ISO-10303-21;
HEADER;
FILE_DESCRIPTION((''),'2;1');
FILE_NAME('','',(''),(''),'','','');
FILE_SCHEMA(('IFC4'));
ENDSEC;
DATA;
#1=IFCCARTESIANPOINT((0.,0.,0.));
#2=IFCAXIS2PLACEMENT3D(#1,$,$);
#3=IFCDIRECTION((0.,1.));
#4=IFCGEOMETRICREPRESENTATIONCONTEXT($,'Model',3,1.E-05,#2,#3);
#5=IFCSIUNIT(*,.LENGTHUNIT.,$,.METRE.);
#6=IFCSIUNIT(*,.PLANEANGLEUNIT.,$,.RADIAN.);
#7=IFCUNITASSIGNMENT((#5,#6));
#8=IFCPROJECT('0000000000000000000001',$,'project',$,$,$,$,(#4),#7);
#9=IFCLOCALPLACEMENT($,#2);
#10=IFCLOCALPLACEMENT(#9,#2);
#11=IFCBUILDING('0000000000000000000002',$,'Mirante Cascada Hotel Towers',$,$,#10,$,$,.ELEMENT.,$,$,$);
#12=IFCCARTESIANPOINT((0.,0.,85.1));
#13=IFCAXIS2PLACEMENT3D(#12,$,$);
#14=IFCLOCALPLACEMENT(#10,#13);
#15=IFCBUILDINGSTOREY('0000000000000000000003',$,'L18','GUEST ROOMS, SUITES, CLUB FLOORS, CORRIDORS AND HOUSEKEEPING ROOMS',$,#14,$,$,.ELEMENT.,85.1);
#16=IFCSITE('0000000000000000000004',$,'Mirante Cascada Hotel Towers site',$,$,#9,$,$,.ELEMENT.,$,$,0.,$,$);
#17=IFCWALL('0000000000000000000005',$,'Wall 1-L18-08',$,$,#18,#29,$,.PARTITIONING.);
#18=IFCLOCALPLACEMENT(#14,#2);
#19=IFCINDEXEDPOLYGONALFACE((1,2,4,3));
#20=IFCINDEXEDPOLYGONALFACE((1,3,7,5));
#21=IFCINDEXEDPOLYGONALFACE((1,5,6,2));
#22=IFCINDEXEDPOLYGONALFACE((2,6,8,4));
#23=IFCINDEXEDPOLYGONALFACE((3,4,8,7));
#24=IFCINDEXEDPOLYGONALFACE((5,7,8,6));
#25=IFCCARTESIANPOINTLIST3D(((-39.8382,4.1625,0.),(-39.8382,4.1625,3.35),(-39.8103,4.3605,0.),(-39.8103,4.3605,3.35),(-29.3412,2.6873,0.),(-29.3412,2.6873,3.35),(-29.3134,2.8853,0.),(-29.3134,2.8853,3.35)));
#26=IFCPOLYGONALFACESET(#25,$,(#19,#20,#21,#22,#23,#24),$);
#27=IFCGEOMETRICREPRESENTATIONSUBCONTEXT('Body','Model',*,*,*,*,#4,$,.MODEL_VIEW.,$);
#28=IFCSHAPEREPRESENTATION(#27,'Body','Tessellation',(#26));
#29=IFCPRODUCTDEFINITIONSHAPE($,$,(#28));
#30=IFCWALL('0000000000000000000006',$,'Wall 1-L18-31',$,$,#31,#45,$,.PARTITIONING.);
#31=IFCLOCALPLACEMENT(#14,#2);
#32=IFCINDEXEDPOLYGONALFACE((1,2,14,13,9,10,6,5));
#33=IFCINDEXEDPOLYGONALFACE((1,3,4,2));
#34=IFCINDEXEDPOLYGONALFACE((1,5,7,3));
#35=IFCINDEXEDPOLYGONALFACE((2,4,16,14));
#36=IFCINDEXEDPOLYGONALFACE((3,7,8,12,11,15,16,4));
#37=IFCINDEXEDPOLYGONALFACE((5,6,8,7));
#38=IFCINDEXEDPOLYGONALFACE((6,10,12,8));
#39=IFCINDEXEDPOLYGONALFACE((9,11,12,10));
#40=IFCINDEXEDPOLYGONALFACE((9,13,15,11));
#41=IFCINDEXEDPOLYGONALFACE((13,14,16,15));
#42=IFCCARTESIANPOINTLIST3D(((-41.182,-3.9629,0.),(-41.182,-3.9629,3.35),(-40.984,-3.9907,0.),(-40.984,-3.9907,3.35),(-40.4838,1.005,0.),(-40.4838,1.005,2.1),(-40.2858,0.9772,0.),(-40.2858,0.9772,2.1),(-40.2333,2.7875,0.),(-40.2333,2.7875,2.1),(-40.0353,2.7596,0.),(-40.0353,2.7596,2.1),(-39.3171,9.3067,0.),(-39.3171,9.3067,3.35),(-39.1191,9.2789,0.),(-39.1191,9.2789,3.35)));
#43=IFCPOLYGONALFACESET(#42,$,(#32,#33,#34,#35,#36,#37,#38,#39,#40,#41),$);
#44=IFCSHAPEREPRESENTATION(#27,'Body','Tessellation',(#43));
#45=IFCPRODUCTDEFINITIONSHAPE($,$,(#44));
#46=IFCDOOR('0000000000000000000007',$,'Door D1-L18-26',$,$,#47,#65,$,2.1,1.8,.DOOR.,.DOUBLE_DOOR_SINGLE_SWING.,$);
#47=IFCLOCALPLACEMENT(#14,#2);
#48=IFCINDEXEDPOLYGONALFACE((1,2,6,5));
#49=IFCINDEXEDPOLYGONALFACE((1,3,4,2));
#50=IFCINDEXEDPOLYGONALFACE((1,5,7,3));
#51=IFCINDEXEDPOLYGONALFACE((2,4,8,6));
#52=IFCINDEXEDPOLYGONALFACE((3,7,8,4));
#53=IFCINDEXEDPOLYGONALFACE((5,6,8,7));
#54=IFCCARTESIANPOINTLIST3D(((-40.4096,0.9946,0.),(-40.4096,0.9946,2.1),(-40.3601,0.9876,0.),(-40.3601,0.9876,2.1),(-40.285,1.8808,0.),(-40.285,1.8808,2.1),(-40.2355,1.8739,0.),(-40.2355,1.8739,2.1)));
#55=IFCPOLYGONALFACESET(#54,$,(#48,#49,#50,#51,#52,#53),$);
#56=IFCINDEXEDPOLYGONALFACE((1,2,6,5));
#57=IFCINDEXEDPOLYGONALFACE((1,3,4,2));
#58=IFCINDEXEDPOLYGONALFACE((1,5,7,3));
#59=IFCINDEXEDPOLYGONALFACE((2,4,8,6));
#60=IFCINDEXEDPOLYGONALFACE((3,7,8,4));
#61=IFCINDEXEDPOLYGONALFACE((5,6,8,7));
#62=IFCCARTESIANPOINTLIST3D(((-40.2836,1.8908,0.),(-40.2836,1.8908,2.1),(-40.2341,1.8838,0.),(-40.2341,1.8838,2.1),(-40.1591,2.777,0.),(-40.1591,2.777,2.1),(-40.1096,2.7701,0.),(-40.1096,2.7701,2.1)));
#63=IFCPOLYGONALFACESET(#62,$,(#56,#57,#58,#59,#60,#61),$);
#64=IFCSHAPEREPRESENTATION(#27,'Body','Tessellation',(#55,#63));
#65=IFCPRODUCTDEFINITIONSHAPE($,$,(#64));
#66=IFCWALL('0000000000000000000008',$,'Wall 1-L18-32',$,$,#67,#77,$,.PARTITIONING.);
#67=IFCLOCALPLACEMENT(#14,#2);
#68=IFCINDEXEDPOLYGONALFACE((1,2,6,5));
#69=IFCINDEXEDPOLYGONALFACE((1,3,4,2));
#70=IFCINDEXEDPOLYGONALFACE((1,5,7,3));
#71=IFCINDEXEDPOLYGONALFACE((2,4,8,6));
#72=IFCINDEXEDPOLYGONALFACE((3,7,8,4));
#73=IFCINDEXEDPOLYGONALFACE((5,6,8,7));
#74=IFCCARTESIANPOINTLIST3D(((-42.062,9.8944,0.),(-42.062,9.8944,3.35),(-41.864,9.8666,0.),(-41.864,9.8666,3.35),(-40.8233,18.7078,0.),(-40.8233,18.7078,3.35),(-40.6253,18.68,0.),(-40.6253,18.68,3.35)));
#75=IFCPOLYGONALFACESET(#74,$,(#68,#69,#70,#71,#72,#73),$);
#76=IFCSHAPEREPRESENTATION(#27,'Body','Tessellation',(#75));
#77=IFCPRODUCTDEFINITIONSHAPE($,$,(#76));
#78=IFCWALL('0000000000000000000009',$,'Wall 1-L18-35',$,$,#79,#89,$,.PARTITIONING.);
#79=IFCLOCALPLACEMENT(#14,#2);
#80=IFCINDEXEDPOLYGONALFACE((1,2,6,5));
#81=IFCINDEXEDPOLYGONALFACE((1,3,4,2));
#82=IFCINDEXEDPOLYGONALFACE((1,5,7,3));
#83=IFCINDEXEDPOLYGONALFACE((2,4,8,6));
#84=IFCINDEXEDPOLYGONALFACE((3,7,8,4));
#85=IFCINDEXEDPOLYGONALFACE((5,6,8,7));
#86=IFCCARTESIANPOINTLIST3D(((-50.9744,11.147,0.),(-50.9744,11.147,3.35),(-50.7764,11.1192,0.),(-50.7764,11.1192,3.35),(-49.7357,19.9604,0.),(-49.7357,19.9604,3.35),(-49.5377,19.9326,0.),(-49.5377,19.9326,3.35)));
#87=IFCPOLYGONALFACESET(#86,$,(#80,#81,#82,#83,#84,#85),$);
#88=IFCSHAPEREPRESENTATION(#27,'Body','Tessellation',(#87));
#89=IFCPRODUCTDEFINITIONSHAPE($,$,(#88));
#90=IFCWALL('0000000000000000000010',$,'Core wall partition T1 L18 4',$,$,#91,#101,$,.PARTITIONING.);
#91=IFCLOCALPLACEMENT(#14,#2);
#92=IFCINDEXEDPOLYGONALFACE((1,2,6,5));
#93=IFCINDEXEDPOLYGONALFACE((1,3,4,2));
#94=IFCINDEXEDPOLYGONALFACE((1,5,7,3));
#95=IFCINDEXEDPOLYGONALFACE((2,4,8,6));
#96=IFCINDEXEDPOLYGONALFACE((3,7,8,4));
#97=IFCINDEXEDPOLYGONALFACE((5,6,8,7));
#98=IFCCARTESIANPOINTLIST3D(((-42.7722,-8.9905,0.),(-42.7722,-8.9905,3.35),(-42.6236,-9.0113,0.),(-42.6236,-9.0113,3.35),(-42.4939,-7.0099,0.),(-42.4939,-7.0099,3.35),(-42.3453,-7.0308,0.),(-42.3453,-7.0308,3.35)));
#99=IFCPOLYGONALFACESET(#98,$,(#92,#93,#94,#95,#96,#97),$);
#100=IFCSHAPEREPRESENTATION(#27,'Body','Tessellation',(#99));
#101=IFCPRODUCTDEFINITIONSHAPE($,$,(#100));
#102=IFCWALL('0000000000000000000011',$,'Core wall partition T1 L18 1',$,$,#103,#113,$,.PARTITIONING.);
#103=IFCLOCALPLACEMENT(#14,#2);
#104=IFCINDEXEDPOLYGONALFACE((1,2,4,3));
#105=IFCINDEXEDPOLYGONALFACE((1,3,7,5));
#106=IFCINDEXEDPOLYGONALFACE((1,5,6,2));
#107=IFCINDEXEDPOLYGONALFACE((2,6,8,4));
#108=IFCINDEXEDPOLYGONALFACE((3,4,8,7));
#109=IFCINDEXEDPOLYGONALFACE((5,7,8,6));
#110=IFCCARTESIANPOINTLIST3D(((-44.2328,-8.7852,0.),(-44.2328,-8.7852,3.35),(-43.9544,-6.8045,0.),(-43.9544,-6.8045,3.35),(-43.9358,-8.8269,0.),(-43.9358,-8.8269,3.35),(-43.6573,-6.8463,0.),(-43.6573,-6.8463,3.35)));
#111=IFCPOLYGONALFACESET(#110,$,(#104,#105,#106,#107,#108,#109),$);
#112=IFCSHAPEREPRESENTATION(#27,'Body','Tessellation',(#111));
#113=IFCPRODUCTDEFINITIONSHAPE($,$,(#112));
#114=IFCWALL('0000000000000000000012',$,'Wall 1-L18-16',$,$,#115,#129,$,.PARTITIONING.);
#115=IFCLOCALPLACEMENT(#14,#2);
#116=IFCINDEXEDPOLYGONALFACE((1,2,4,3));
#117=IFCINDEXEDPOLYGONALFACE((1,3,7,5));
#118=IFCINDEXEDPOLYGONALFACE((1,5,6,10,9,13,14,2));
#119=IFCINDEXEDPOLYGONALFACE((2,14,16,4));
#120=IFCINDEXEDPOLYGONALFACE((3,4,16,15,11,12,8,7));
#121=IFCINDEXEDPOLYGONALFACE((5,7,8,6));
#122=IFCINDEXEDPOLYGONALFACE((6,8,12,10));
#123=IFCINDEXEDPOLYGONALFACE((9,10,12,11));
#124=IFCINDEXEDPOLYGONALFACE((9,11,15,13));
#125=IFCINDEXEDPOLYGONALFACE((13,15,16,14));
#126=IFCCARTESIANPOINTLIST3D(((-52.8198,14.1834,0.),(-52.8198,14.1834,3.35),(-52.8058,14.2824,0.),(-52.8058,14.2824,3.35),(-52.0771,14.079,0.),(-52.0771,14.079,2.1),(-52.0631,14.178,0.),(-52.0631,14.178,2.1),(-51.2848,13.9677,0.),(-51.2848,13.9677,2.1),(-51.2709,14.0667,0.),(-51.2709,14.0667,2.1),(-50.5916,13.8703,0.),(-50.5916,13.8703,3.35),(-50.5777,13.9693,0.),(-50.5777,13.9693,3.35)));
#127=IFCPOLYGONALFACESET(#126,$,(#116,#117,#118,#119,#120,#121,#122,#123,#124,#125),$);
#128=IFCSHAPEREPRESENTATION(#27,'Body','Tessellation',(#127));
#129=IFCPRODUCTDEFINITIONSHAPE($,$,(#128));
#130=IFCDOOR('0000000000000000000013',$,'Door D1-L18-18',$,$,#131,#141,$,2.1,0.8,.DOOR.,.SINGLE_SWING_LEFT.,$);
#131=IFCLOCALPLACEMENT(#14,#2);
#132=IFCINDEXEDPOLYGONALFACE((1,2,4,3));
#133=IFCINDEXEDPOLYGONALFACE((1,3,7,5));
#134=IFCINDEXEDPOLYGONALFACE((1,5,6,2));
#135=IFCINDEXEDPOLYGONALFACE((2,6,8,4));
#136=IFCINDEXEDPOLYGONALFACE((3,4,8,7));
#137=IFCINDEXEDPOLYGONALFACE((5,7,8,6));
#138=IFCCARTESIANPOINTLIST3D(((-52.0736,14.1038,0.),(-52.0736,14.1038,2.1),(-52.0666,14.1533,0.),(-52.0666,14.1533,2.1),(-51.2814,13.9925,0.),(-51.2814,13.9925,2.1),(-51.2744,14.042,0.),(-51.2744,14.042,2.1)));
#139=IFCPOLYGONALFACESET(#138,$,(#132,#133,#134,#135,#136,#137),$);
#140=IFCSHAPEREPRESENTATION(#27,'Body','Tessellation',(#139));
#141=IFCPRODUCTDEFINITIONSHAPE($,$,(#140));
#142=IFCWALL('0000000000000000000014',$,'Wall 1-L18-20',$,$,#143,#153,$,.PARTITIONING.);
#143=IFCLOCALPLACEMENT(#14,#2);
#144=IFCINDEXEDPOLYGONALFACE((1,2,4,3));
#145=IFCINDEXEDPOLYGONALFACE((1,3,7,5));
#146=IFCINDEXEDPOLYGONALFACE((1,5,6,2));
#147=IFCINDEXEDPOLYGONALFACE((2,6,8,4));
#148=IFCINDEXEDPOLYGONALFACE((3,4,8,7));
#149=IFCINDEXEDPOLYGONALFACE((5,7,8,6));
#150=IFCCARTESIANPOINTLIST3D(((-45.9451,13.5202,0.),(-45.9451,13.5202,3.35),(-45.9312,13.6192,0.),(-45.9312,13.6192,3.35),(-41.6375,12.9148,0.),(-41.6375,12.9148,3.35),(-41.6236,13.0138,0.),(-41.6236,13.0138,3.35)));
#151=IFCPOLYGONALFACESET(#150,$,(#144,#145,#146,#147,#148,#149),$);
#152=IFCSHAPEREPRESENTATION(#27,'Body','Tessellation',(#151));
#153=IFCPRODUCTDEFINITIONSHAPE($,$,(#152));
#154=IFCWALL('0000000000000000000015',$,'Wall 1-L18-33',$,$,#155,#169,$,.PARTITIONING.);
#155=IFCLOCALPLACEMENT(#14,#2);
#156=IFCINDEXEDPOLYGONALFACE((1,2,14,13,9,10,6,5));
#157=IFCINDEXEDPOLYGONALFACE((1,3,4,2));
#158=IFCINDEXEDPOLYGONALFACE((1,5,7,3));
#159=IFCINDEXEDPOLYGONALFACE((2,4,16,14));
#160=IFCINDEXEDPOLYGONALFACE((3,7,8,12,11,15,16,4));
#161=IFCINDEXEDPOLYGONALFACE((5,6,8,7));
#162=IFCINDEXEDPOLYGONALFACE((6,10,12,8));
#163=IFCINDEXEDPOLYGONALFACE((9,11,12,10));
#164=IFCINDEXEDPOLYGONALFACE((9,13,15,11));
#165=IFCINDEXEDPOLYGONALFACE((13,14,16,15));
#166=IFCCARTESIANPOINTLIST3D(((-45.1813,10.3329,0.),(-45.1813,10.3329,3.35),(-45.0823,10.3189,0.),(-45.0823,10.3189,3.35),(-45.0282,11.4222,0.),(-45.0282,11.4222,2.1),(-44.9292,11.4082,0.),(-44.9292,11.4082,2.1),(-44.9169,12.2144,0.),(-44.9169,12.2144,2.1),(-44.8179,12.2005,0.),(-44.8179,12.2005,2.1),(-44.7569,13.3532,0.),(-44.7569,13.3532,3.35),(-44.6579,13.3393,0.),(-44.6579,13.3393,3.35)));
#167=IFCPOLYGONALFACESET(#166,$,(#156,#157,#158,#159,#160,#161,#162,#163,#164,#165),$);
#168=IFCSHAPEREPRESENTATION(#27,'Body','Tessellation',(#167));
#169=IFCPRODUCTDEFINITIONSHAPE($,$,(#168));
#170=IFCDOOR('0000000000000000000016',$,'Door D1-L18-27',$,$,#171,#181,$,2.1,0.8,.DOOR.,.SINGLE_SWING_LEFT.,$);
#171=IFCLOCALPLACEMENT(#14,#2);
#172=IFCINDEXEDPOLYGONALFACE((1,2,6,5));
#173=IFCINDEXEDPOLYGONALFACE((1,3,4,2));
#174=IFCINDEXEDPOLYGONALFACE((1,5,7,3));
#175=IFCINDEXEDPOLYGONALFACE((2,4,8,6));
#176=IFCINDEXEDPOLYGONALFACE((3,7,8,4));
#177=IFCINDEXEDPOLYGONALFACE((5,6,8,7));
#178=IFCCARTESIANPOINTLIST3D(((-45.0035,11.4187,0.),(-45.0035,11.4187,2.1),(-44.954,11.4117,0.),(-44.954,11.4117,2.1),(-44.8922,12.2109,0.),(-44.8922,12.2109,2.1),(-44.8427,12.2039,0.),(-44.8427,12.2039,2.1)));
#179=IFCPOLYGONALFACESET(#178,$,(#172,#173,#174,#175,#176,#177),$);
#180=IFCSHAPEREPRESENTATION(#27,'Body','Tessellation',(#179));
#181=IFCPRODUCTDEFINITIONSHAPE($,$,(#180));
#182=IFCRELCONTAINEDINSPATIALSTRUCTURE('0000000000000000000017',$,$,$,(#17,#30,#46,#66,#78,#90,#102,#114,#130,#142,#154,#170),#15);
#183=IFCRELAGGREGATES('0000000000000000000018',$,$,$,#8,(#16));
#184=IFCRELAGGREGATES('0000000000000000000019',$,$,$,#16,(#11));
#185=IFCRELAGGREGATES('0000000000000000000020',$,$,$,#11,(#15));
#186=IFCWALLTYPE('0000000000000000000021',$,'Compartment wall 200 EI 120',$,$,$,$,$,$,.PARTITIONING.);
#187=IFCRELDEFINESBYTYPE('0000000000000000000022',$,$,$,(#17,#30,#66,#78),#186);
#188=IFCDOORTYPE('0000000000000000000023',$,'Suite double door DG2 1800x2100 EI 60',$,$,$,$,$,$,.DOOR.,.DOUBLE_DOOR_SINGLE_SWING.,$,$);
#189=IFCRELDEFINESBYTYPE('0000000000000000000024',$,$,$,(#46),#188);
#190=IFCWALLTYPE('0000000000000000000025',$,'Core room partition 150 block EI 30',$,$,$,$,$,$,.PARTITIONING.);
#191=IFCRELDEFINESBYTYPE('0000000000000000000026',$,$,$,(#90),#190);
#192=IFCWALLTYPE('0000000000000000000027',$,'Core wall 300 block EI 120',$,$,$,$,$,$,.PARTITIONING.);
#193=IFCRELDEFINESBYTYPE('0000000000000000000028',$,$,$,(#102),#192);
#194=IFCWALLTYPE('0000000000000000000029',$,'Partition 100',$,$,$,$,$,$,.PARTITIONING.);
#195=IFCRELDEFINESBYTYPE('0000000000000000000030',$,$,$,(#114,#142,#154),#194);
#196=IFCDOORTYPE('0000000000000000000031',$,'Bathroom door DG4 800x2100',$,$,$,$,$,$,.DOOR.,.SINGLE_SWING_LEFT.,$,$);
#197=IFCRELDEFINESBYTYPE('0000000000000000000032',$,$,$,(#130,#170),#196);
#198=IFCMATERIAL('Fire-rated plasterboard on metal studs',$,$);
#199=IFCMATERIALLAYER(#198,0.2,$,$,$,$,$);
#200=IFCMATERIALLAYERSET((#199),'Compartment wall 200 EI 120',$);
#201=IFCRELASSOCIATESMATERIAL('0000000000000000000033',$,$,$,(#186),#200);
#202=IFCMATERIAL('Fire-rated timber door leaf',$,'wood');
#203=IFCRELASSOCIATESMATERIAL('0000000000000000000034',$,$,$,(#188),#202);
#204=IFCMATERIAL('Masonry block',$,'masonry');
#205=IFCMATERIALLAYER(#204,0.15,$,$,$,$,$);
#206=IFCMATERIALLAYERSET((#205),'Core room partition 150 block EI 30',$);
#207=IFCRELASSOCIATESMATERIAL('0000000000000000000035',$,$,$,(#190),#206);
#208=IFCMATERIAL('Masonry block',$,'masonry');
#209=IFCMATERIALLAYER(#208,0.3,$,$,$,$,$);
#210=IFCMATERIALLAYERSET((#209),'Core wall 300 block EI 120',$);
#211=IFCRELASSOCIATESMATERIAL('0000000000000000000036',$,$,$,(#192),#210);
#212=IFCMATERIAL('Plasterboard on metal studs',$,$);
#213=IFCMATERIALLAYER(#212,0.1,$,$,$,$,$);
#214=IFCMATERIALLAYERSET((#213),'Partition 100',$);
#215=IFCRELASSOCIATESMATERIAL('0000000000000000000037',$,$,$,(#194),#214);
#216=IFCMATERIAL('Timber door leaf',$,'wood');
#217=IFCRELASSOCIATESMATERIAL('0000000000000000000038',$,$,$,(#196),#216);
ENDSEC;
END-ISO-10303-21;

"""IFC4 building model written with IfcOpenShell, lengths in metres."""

from ifc_helpers import new_model, si_unit, direction, frame, frame_2d, origin, place, context, subcontext, project, spatial, rectangle, extrude, material, layer, layer_set, type_object, element, fill, save


model = new_model("IFC4")

# Units and contexts
model_context = context("Model", 3, precision=1e-05, world=origin(), true_north=direction((0.0, 1.0)))
body_context = subcontext(model_context, "Body", "Model", "MODEL_VIEW")
ifc_project = project(units=[si_unit("LENGTHUNIT", "METRE"), si_unit("PLANEANGLEUNIT", "RADIAN")], contexts=[model_context])

# Site, building, storey
site_placement = place(None, origin())
site = spatial("IfcSite", under=ifc_project, at=site_placement, Name="Mirante Cascada Hotel Towers site", CompositionType="ELEMENT", RefElevation=0.0)
building_placement = place(site_placement, origin())
building = spatial("IfcBuilding", under=site, at=building_placement, Name="Mirante Cascada Hotel Towers", CompositionType="ELEMENT")
storey_placement = place(building_placement, frame((0.0, 0.0, 85.1)))
storey = spatial("IfcBuildingStorey", under=building, at=storey_placement, Name="L18", Description="GUEST ROOMS, SUITES, CLUB FLOORS, CORRIDORS AND HOUSEKEEPING ROOMS", CompositionType="ELEMENT", Elevation=85.1)

# Wall
ifc_material_1 = material(Name="Fire-rated plasterboard on metal studs")
ifc_layer_1 = layer(ifc_material_1, 0.2)
ifc_layer_set_1 = layer_set([ifc_layer_1], Name="Compartment wall 200 EI 120")
wall_type_1 = type_object("IfcWallType", Name="Compartment wall 200 EI 120", PredefinedType="PARTITIONING", material=ifc_layer_set_1)
wall_1_placement = place(storey_placement, frame((-39.8242, 4.2615, 0.0), z_axis=(0.0, 0.0, 1.0), x_axis=(0.990269, -0.139169, 0.0)))
element("IfcWall", 1, at=wall_1_placement, inside=storey, type_object=wall_type_1, Name="Wall 1-L18-08", PredefinedType="PARTITIONING", context=body_context, shape_type="SweptSolid", body=[
    extrude(rectangle(XDim=10.6001, YDim=0.2, at=frame_2d((5.3, 0.0))), origin(), (0.0, 0.0, 1.0), 3.35),
])

# Wall, opening, door
wall_2_placement = place(storey_placement, frame((-41.083, -3.9768, 0.0), z_axis=(0.0, 0.0, 1.0), x_axis=(0.139172, 0.990268, 0.0)))
wall_2 = element("IfcWall", 2, at=wall_2_placement, inside=storey, type_object=wall_type_1, Name="Wall 1-L18-31", PredefinedType="PARTITIONING", context=body_context, shape_type="SweptSolid", body=[
    extrude(rectangle(XDim=13.4, YDim=0.2, at=frame_2d((6.7, 0.0))), origin(), (0.0, 0.0, 1.0), 3.35),
])
opening_1_placement = place(wall_2_placement, frame((5.0167, 0.0, 0.0)))
opening_1 = element("IfcOpeningElement", 3, at=opening_1_placement, cuts=wall_2, PredefinedType="OPENING", context=body_context, shape_type="SweptSolid", body=[
    extrude(rectangle(XDim=1.8, YDim=2.1, at=frame_2d((0.9, 1.05))), frame((0.0, 0.1, 0.0), z_axis=(0.0, -1.0, 0.0), x_axis=(1.0, 0.0, 0.0)), (0.0, 0.0, 1.0), 0.2),
])
ifc_material_2 = material(Name="Fire-rated timber door leaf", Category="wood")
door_type_1 = type_object("IfcDoorType", Name="Suite double door DG2 1800x2100 EI 60", OperationType="DOUBLE_DOOR_SINGLE_SWING", PredefinedType="DOOR", material=ifc_material_2)
door_1_placement = place(opening_1_placement, origin())
door_1 = element("IfcDoor", 4, at=door_1_placement, inside=storey, type_object=door_type_1, Name="Door D1-L18-26", OperationType="DOUBLE_DOOR_SINGLE_SWING", OverallHeight=2.1, OverallWidth=1.8, PredefinedType="DOOR", context=body_context, shape_type="SweptSolid", body=[
    extrude(rectangle(XDim=0.895, YDim=2.1, at=frame_2d((0.4475, 1.05))), frame((0.0, 0.025, 0.0), z_axis=(0.0, -1.0, 0.0), x_axis=(1.0, 0.0, 0.0)), (0.0, 0.0, 1.0), 0.05),
    extrude(rectangle(XDim=0.895, YDim=2.1, at=frame_2d((1.3525, 1.05))), frame((0.0, 0.025, 0.0), z_axis=(0.0, -1.0, 0.0), x_axis=(1.0, 0.0, 0.0)), (0.0, 0.0, 1.0), 0.05),
])
fill(opening_1, door_1)

# Walls
for number, where, z_axis, x_axis, name in (
    (5, (-40.7243, 18.6939, 0.0), (0.0, 0.0, 1.0), (-0.139179, -0.990267, 0.0), "Wall 1-L18-32"),
    (6, (-50.8754, 11.1331, 0.0), (0.0, 0.0, 1.0), (0.139179, 0.990267, 0.0), "Wall 1-L18-35"),
):
    element("IfcWall", number, at=place(storey_placement, frame(where, z_axis=z_axis, x_axis=x_axis)), inside=storey, type_object=wall_type_1, Name=name, PredefinedType="PARTITIONING", context=body_context, shape_type="SweptSolid", body=[
        extrude(rectangle(XDim=8.9, YDim=0.2, at=frame_2d((4.45, 0.0))), origin(), (0.0, 0.0, 1.0), 3.35),
    ])
ifc_material_3 = material(Name="Masonry block", Category="masonry")
ifc_layer_2 = layer(ifc_material_3, 0.15)
ifc_layer_set_2 = layer_set([ifc_layer_2], Name="Core room partition 150 block EI 30")
wall_type_2 = type_object("IfcWallType", Name="Core room partition 150 block EI 30", PredefinedType="PARTITIONING", material=ifc_layer_set_2)
wall_3_placement = place(storey_placement, frame((-42.6979, -9.0009, 0.0), z_axis=(0.0, 0.0, 1.0), x_axis=(0.139153, 0.990271, 0.0)))
element("IfcWall", 7, at=wall_3_placement, inside=storey, type_object=wall_type_2, Name="Core wall partition T1 L18 4", PredefinedType="PARTITIONING", context=body_context, shape_type="SweptSolid", body=[
    extrude(rectangle(XDim=2.0, YDim=0.15, at=frame_2d((1.0, 0.0))), origin(), (0.0, 0.0, 1.0), 3.35),
])
ifc_material_4 = material(Name="Masonry block", Category="masonry")
ifc_layer_3 = layer(ifc_material_4, 0.3)
ifc_layer_set_3 = layer_set([ifc_layer_3], Name="Core wall 300 block EI 120")
wall_type_3 = type_object("IfcWallType", Name="Core wall 300 block EI 120", PredefinedType="PARTITIONING", material=ifc_layer_set_3)
wall_4_placement = place(storey_placement, frame((-44.0843, -8.8061, 0.0), z_axis=(0.0, 0.0, 1.0), x_axis=(0.139195, 0.990265, 0.0)))
element("IfcWall", 8, at=wall_4_placement, inside=storey, type_object=wall_type_3, Name="Core wall partition T1 L18 1", PredefinedType="PARTITIONING", context=body_context, shape_type="SweptSolid", body=[
    extrude(rectangle(XDim=2.0001, YDim=0.3, at=frame_2d((1.0001, 0.0))), origin(), (0.0, 0.0, 1.0), 3.35),
])

# Wall, opening, door
ifc_material_5 = material(Name="Plasterboard on metal studs")
ifc_layer_4 = layer(ifc_material_5, 0.1)
ifc_layer_set_4 = layer_set([ifc_layer_4], Name="Partition 100")
wall_type_4 = type_object("IfcWallType", Name="Partition 100", PredefinedType="PARTITIONING", material=ifc_layer_set_4)
wall_5_placement = place(storey_placement, frame((-52.8128, 14.2329, 0.0), z_axis=(0.0, 0.0, 1.0), x_axis=(0.990271, -0.139156, 0.0)))
wall_5 = element("IfcWall", 9, at=wall_5_placement, inside=storey, type_object=wall_type_4, Name="Wall 1-L18-16", PredefinedType="PARTITIONING", context=body_context, shape_type="SweptSolid", body=[
    extrude(rectangle(XDim=2.25, YDim=0.1, at=frame_2d((1.125, 0.0))), origin(), (0.0, 0.0, 1.0), 3.35),
])
opening_2_placement = place(wall_5_placement, frame((0.75, 0.0, 0.0)))
opening_2 = element("IfcOpeningElement", 10, at=opening_2_placement, cuts=wall_5, PredefinedType="OPENING", context=body_context, shape_type="SweptSolid", body=[
    extrude(rectangle(XDim=0.8, YDim=2.1, at=frame_2d((0.4, 1.05))), frame((0.0, 0.05, 0.0), z_axis=(0.0, -1.0, 0.0), x_axis=(1.0, 0.0, 0.0)), (0.0, 0.0, 1.0), 0.1),
])
ifc_material_6 = material(Name="Timber door leaf", Category="wood")
door_type_2 = type_object("IfcDoorType", Name="Bathroom door DG4 800x2100", OperationType="SINGLE_SWING_LEFT", PredefinedType="DOOR", material=ifc_material_6)
door_2_placement = place(opening_2_placement, origin())
door_2 = element("IfcDoor", 11, at=door_2_placement, inside=storey, type_object=door_type_2, Name="Door D1-L18-18", OperationType="SINGLE_SWING_LEFT", OverallHeight=2.1, OverallWidth=0.8, PredefinedType="DOOR", context=body_context, shape_type="SweptSolid", body=[
    extrude(rectangle(XDim=0.8, YDim=2.1, at=frame_2d((0.4, 1.05))), frame((0.0, 0.025, 0.0), z_axis=(0.0, -1.0, 0.0), x_axis=(1.0, 0.0, 0.0)), (0.0, 0.0, 1.0), 0.05),
])
fill(opening_2, door_2)

# Wall
wall_6_placement = place(storey_placement, frame((-45.9382, 13.5697, 0.0), z_axis=(0.0, 0.0, 1.0), x_axis=(0.990268, -0.139175, 0.0)))
element("IfcWall", 12, at=wall_6_placement, inside=storey, type_object=wall_type_4, Name="Wall 1-L18-20", PredefinedType="PARTITIONING", context=body_context, shape_type="SweptSolid", body=[
    extrude(rectangle(XDim=4.3499, YDim=0.1, at=frame_2d((2.175, 0.0))), origin(), (0.0, 0.0, 1.0), 3.35),
])

# Wall, opening, door
wall_7_placement = place(storey_placement, frame((-45.1318, 10.3259, 0.0), z_axis=(0.0, 0.0, 1.0), x_axis=(0.139149, 0.990271, 0.0)))
wall_7 = element("IfcWall", 13, at=wall_7_placement, inside=storey, type_object=wall_type_4, Name="Wall 1-L18-33", PredefinedType="PARTITIONING", context=body_context, shape_type="SweptSolid", body=[
    extrude(rectangle(XDim=3.05, YDim=0.1, at=frame_2d((1.525, 0.0))), origin(), (0.0, 0.0, 1.0), 3.35),
])
opening_3_placement = place(wall_7_placement, frame((1.1, 0.0, 0.0)))
opening_3 = element("IfcOpeningElement", 14, at=opening_3_placement, cuts=wall_7, PredefinedType="OPENING", context=body_context, shape_type="SweptSolid", body=[
    extrude(rectangle(XDim=0.8, YDim=2.1, at=frame_2d((0.4, 1.05))), frame((0.0, 0.05, 0.0), z_axis=(0.0, -1.0, 0.0), x_axis=(1.0, 0.0, 0.0)), (0.0, 0.0, 1.0), 0.1),
])
door_3_placement = place(opening_3_placement, origin())
door_3 = element("IfcDoor", 15, at=door_3_placement, inside=storey, type_object=door_type_2, Name="Door D1-L18-27", OperationType="SINGLE_SWING_LEFT", OverallHeight=2.1, OverallWidth=0.8, PredefinedType="DOOR", context=body_context, shape_type="SweptSolid", body=[
    extrude(rectangle(XDim=0.8, YDim=2.1, at=frame_2d((0.4, 1.05))), frame((0.0, 0.025, 0.0), z_axis=(0.0, -1.0, 0.0), x_axis=(1.0, 0.0, 0.0)), (0.0, 0.0, 1.0), 0.05),
])
fill(opening_3, door_3)

save(model, "model.ifc")
